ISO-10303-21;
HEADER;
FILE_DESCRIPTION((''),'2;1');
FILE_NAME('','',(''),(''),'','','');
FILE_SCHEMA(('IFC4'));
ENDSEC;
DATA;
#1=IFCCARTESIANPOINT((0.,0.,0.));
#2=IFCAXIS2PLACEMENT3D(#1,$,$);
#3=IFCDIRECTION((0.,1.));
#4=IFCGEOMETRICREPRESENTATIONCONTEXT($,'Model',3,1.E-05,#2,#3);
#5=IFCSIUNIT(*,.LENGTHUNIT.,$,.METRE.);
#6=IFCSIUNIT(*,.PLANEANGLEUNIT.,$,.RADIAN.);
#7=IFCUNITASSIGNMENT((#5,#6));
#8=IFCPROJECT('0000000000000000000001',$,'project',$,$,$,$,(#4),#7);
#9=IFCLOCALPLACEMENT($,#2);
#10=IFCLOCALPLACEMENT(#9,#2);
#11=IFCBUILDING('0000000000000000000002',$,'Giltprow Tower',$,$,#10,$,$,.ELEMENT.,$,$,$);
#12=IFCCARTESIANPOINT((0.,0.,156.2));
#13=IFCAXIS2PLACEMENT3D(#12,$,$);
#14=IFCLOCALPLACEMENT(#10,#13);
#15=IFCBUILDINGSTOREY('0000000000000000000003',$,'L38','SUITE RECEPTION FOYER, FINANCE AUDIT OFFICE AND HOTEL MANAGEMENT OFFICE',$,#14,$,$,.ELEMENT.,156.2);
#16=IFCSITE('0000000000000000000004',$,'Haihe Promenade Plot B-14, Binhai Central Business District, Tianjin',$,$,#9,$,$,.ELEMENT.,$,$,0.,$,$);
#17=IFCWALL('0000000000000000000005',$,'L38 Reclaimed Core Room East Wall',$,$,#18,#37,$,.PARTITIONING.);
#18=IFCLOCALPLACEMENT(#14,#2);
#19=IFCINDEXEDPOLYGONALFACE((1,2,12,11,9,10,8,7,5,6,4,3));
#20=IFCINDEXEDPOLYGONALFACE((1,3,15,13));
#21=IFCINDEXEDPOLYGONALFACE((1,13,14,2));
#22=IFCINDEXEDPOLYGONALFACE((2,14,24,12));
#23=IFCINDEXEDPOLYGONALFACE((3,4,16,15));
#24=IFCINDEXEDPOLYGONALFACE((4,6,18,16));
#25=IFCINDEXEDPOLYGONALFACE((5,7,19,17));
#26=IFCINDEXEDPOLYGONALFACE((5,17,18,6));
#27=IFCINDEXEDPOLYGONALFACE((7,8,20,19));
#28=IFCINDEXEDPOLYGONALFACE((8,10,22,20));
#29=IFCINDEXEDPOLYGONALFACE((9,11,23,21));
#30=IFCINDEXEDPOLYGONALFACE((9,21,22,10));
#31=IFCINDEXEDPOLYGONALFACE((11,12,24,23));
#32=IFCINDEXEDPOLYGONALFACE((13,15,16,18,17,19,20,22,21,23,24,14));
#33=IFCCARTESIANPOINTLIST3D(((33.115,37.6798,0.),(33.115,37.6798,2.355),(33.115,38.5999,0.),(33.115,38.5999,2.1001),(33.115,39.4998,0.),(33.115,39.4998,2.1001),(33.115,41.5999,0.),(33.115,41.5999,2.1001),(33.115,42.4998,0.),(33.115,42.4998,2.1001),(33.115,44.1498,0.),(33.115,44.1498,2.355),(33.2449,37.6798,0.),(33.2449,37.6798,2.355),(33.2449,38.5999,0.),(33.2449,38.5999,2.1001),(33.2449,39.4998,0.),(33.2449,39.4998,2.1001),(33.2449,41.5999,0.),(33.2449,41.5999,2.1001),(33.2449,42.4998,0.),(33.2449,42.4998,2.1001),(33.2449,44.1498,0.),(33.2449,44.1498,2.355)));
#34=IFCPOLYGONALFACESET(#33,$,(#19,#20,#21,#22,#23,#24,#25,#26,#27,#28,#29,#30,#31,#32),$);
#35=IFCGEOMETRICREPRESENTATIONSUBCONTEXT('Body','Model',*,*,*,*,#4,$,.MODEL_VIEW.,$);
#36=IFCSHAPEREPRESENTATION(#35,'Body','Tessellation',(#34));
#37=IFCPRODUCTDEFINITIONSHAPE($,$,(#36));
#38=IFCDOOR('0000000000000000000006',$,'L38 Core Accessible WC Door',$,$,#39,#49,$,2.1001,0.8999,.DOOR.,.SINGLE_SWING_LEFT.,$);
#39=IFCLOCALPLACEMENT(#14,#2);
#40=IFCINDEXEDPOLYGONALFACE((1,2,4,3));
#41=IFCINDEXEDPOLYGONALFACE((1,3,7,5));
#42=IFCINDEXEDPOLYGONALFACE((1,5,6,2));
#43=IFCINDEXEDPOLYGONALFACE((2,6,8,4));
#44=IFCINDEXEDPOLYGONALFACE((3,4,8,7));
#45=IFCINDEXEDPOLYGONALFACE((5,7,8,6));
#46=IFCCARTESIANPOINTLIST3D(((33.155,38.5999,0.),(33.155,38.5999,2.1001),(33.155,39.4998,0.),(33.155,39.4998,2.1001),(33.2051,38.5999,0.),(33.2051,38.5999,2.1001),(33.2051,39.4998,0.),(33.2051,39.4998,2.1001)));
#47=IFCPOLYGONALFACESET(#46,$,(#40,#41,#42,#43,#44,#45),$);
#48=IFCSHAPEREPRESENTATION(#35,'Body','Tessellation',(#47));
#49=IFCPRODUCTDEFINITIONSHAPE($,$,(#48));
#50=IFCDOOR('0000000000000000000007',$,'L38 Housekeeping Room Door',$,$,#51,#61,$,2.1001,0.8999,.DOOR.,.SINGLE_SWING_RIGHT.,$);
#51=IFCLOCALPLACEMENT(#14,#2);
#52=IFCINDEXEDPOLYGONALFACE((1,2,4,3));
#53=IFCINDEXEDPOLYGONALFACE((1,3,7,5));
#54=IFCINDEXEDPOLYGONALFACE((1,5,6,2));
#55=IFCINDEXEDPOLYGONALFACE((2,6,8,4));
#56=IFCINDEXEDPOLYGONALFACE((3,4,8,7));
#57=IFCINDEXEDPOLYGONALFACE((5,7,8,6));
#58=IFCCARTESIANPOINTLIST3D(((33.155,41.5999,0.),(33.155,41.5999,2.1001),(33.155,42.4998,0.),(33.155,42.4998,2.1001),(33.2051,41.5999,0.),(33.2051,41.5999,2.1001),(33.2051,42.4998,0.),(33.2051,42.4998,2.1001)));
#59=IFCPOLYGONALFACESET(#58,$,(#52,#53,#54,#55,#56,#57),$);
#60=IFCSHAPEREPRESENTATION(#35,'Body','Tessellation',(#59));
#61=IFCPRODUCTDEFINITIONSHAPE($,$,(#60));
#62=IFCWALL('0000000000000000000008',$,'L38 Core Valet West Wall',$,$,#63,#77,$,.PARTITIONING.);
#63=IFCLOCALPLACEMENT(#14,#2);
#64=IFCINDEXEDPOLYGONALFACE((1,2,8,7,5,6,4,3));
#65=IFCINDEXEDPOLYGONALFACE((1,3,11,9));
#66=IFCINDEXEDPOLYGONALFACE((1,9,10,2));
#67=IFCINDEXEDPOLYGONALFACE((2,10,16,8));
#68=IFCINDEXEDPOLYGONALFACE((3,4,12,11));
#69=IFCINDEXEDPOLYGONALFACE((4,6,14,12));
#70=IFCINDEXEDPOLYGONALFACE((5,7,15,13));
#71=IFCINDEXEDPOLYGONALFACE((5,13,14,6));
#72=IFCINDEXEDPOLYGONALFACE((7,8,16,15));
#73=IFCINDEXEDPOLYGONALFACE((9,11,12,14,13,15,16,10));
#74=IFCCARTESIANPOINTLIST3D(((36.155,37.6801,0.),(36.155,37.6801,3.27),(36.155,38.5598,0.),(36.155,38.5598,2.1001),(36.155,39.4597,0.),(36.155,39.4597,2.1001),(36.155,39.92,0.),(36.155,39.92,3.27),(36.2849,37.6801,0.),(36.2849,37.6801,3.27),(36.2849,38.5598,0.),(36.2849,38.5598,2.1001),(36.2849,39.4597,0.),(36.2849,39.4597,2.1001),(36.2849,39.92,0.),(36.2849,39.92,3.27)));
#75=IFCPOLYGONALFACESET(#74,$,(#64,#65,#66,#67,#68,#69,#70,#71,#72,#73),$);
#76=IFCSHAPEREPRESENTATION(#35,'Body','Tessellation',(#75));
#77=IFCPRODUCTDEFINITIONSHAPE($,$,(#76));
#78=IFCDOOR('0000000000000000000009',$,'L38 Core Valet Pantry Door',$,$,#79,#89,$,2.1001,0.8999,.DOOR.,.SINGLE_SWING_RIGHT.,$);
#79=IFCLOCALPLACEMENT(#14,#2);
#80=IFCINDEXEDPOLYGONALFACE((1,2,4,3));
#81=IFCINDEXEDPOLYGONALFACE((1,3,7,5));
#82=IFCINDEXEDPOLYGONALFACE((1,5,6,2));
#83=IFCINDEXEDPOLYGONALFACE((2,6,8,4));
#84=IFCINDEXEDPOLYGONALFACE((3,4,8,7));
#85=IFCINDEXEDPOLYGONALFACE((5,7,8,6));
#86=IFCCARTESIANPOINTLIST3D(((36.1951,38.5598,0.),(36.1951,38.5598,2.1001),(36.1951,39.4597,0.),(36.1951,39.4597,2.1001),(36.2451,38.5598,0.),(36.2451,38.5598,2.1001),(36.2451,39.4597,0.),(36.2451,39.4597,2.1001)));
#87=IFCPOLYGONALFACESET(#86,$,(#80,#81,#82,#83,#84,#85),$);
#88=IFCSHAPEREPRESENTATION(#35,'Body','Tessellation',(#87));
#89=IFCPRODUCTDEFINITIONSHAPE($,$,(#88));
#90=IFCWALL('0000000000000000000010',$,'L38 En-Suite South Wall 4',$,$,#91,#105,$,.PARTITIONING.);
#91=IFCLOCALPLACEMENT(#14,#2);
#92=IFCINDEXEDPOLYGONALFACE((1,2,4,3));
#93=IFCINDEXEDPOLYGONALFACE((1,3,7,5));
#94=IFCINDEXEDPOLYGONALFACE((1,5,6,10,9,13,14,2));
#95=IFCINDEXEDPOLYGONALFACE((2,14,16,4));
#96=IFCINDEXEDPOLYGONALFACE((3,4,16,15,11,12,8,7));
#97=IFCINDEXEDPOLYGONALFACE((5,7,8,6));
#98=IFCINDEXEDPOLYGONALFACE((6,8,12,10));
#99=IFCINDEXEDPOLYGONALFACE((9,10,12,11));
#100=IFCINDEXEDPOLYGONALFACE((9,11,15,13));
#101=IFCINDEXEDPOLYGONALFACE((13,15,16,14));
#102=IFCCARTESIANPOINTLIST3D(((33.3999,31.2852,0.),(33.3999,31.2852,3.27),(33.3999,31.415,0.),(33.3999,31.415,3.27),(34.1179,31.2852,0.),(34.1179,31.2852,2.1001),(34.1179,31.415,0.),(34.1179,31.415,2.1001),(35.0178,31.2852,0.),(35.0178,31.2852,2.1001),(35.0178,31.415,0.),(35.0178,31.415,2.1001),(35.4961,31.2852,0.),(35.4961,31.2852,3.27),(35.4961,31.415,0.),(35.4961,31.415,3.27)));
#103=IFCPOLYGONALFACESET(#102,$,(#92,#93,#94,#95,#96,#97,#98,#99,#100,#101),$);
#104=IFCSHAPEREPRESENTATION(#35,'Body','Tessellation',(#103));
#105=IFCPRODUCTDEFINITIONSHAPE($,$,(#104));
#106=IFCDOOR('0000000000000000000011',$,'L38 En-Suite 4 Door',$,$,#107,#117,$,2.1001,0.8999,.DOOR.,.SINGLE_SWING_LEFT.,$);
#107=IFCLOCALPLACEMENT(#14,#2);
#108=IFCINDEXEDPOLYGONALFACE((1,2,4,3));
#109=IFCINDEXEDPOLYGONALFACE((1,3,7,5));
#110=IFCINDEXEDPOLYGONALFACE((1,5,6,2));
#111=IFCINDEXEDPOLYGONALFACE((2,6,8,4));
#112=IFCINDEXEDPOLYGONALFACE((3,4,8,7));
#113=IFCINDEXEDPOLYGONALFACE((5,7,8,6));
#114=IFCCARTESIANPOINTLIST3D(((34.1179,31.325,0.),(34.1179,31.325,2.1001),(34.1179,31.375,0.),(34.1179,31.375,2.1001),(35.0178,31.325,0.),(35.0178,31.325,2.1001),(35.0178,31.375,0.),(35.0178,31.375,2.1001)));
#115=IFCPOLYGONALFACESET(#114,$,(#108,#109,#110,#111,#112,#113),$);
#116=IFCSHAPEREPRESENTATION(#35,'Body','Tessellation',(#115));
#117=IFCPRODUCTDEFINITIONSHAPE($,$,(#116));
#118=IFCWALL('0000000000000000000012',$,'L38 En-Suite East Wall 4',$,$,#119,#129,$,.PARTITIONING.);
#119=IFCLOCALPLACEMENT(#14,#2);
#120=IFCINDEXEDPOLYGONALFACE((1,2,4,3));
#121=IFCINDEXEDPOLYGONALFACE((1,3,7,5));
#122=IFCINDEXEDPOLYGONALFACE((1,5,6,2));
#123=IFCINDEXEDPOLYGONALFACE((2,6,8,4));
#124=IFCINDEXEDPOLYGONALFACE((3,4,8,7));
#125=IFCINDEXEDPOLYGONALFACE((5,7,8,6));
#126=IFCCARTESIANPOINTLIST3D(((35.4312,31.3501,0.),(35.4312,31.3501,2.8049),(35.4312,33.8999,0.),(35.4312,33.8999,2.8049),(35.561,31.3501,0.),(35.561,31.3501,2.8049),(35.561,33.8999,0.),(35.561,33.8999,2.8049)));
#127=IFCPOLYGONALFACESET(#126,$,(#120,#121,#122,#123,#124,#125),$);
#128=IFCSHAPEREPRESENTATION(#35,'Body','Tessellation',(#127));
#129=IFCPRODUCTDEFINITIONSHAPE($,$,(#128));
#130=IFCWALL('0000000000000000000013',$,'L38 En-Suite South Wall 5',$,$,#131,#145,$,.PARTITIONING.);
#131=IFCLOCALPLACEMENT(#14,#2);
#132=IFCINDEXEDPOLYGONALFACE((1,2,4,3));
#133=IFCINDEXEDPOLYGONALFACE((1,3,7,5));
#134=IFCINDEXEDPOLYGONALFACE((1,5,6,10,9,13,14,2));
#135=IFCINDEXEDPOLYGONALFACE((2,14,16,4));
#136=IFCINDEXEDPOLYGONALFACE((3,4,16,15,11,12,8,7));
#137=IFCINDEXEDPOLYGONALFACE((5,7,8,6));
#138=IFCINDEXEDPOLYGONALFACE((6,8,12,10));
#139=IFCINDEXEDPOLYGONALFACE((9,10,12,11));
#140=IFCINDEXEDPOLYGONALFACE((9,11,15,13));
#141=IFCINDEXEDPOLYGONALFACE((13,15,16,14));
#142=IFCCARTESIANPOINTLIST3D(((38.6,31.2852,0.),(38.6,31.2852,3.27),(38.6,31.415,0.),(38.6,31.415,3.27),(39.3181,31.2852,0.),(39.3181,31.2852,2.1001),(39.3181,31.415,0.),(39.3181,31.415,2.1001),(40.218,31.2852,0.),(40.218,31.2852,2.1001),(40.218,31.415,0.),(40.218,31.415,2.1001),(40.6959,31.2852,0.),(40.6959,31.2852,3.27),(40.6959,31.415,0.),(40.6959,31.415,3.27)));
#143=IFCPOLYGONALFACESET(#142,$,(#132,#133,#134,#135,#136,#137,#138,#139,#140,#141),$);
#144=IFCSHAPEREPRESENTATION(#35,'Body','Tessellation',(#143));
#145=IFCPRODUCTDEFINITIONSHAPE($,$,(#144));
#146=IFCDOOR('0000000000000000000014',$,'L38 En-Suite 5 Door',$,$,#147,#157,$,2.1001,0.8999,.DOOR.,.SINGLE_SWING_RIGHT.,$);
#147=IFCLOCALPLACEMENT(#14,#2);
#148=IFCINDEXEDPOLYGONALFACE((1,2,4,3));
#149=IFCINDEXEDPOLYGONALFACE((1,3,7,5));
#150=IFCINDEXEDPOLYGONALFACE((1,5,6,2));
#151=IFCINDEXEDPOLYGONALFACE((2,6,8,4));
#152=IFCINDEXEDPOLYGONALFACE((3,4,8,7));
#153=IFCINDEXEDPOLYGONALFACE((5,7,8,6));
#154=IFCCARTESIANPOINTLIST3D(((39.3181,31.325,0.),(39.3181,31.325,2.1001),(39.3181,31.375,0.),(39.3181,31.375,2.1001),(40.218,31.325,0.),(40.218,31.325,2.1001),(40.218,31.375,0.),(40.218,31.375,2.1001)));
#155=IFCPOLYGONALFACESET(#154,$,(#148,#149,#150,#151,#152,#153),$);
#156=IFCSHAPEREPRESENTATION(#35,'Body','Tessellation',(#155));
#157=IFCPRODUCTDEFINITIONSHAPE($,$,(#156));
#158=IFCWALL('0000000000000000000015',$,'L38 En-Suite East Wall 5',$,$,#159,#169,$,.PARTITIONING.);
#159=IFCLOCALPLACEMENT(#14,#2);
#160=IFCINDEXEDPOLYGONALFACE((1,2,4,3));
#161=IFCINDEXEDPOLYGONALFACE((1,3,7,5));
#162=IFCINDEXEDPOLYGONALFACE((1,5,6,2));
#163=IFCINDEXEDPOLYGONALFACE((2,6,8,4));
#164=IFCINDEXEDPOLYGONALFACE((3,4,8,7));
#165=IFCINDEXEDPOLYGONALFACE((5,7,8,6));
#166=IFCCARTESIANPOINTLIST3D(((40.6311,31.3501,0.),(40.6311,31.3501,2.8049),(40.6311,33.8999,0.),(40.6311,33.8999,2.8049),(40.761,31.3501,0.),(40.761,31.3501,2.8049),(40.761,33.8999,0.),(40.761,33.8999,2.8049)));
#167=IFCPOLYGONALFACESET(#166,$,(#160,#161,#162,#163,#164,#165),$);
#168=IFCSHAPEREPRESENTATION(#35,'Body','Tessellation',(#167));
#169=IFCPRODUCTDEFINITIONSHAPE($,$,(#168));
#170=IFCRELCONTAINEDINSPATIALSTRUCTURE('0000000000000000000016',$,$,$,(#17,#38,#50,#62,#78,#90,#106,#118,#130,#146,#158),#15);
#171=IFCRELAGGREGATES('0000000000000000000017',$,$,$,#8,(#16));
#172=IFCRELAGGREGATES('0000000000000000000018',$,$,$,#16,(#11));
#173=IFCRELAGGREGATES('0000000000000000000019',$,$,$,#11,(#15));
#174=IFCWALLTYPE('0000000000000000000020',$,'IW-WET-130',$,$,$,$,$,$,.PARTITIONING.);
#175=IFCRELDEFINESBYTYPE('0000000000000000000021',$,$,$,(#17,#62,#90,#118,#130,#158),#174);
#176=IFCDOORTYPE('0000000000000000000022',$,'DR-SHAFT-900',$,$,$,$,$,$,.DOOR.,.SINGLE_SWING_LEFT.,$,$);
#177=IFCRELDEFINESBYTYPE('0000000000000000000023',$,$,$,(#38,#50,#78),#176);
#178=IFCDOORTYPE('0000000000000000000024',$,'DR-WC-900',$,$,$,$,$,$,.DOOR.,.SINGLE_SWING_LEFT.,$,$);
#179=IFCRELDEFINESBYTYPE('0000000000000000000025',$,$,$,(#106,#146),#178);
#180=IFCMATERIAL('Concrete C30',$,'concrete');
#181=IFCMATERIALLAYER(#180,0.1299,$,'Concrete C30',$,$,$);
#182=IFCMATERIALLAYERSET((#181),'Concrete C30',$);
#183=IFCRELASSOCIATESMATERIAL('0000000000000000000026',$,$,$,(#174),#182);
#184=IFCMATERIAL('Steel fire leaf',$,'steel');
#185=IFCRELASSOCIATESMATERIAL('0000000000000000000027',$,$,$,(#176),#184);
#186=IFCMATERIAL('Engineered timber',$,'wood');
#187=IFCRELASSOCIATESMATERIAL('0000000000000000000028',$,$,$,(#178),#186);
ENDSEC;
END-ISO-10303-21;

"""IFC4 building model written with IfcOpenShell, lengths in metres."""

from ifc_helpers import new_model, si_unit, direction, frame, frame_2d, origin, place, context, subcontext, project, spatial, rectangle, extrude, source, transform, mapped, material, layer, layer_set, type_object, element, fill, save


model = new_model("IFC4")

# Units and contexts
model_context = context("Model", 3, precision=1e-05, world=origin(), true_north=direction((0.0, 1.0)))
body_context = subcontext(model_context, "Body", "Model", "MODEL_VIEW")
ifc_project = project(units=[si_unit("LENGTHUNIT", "METRE"), si_unit("PLANEANGLEUNIT", "RADIAN")], contexts=[model_context])

# Site, building, storey
site_placement = place(None, origin())
site = spatial("IfcSite", under=ifc_project, at=site_placement, Name="Haihe Promenade Plot B-14, Binhai Central Business District, Tianjin", CompositionType="ELEMENT", RefElevation=0.0)
building_placement = place(site_placement, origin())
building = spatial("IfcBuilding", under=site, at=building_placement, Name="Giltprow Tower", CompositionType="ELEMENT")
storey_placement = place(building_placement, frame((0.0, 0.0, 156.2)))
storey = spatial("IfcBuildingStorey", under=building, at=storey_placement, Name="L38", Description="SUITE RECEPTION FOYER, FINANCE AUDIT OFFICE AND HOTEL MANAGEMENT OFFICE", CompositionType="ELEMENT", Elevation=156.2)

# Wall, openings, doors
ifc_material_1 = material(Name="Concrete C30", Category="concrete")
ifc_layer_1 = layer(ifc_material_1, 0.1299, Name="Concrete C30")
ifc_layer_set_1 = layer_set([ifc_layer_1], Name="Concrete C30")
wall_type_1 = type_object("IfcWallType", Name="IW-WET-130", PredefinedType="PARTITIONING", material=ifc_layer_set_1)
wall_1_placement = place(storey_placement, frame((33.1799, 37.6799, 0.0), z_axis=(0.0, 0.0, 1.0), x_axis=(0.0, 1.0, 0.0)))
wall_1 = element("IfcWall", 1, at=wall_1_placement, inside=storey, type_object=wall_type_1, Name="L38 Reclaimed Core Room East Wall", PredefinedType="PARTITIONING", context=body_context, shape_type="SweptSolid", body=[
    extrude(rectangle(XDim=6.47, YDim=0.1299, at=frame_2d((3.2349, 0.0))), origin(), (0.0, 0.0, 1.0), 2.355),
])
opening_1_placement = place(wall_1_placement, frame((0.9199, 0.0, 0.0)))
opening_1 = element("IfcOpeningElement", 2, at=opening_1_placement, cuts=wall_1, PredefinedType="OPENING", context=body_context, shape_type="SweptSolid", body=[
    extrude(rectangle(XDim=0.8999, YDim=2.1001, at=frame_2d((0.45, 1.05))), frame((0.0, 0.075, 0.0), z_axis=(0.0, -1.0, 0.0), x_axis=(1.0, 0.0, 0.0)), (0.0, 0.0, 1.0), 0.1499),
])
opening_2_placement = place(wall_1_placement, frame((3.9199, 0.0, 0.0)))
opening_2 = element("IfcOpeningElement", 3, at=opening_2_placement, cuts=wall_1, PredefinedType="OPENING", context=body_context, shape_type="SweptSolid", body=[
    extrude(rectangle(XDim=0.8999, YDim=2.1001, at=frame_2d((0.45, 1.05))), frame((0.0, 0.075, 0.0), z_axis=(0.0, -1.0, 0.0), x_axis=(1.0, 0.0, 0.0)), (0.0, 0.0, 1.0), 0.1499),
])
ifc_material_2 = material(Name="Steel fire leaf", Category="steel")
door_type_1 = type_object("IfcDoorType", Name="DR-SHAFT-900", OperationType="SINGLE_SWING_LEFT", PredefinedType="DOOR", material=ifc_material_2)
shared_shape_1 = source(origin(), body_context, "Body", "SweptSolid", [
    extrude(rectangle(XDim=0.8999, YDim=2.1001, at=frame_2d((0.45, 1.05))), frame((0.0, 0.0249, 0.0), z_axis=(0.0, -1.0, 0.0), x_axis=(1.0, 0.0, 0.0)), (0.0, 0.0, 1.0), 0.05),
])
door_1_placement = place(opening_1_placement, origin())
door_1 = element("IfcDoor", 4, at=door_1_placement, inside=storey, type_object=door_type_1, Name="L38 Core Accessible WC Door", OperationType="SINGLE_SWING_LEFT", OverallHeight=2.1001, OverallWidth=0.8999, PredefinedType="DOOR", context=body_context, shape_type="MappedRepresentation", body=[
    mapped(shared_shape_1, transform((0.0, 0.0, 0.0), x_axis=(1.0, 0.0, 0.0), y_axis=(0.0, 1.0, 0.0), z_axis=(0.0, 0.0, 1.0), scale=1.0)),
])
fill(opening_1, door_1)
door_2_placement = place(opening_2_placement, origin())
door_2 = element("IfcDoor", 5, at=door_2_placement, inside=storey, type_object=door_type_1, Name="L38 Housekeeping Room Door", OperationType="SINGLE_SWING_RIGHT", OverallHeight=2.1001, OverallWidth=0.8999, PredefinedType="DOOR", context=body_context, shape_type="MappedRepresentation", body=[
    mapped(shared_shape_1, transform((0.0, 0.0, 0.0), x_axis=(1.0, 0.0, 0.0), y_axis=(0.0, 1.0, 0.0), z_axis=(0.0, 0.0, 1.0), scale=1.0)),
])
fill(opening_2, door_2)

# Walls, openings, doors
wall_2_placement = place(storey_placement, frame((36.22, 37.6799, 0.0), z_axis=(0.0, 0.0, 1.0), x_axis=(0.0, 1.0, 0.0)))
wall_2 = element("IfcWall", 6, at=wall_2_placement, inside=storey, type_object=wall_type_1, Name="L38 Core Valet West Wall", PredefinedType="PARTITIONING", context=body_context, shape_type="SweptSolid", body=[
    extrude(rectangle(XDim=2.24, YDim=0.1299, at=frame_2d((1.1201, 0.0))), origin(), (0.0, 0.0, 1.0), 3.27),
])
opening_3_placement = place(wall_2_placement, frame((0.8799, 0.0, 0.0)))
opening_3 = element("IfcOpeningElement", 7, at=opening_3_placement, cuts=wall_2, PredefinedType="OPENING", context=body_context, shape_type="SweptSolid", body=[
    extrude(rectangle(XDim=0.8999, YDim=2.1001, at=frame_2d((0.45, 1.05))), frame((0.0, 0.075, 0.0), z_axis=(0.0, -1.0, 0.0), x_axis=(1.0, 0.0, 0.0)), (0.0, 0.0, 1.0), 0.1499),
])
door_3_placement = place(opening_3_placement, origin())
door_3 = element("IfcDoor", 8, at=door_3_placement, inside=storey, type_object=door_type_1, Name="L38 Core Valet Pantry Door", OperationType="SINGLE_SWING_RIGHT", OverallHeight=2.1001, OverallWidth=0.8999, PredefinedType="DOOR", context=body_context, shape_type="MappedRepresentation", body=[
    mapped(shared_shape_1, transform((0.0, 0.0, 0.0), x_axis=(1.0, 0.0, 0.0), y_axis=(0.0, 1.0, 0.0), z_axis=(0.0, 0.0, 1.0), scale=1.0)),
])
fill(opening_3, door_3)
wall_3_placement = place(storey_placement, frame((33.3999, 31.3501, 0.0), z_axis=(0.0, 0.0, 1.0), x_axis=(1.0, 0.0, 0.0)))
wall_3 = element("IfcWall", 9, at=wall_3_placement, inside=storey, type_object=wall_type_1, Name="L38 En-Suite South Wall 4", PredefinedType="PARTITIONING", context=body_context, shape_type="SweptSolid", body=[
    extrude(rectangle(XDim=2.0962, YDim=0.1299, at=frame_2d((1.0481, 0.0))), origin(), (0.0, 0.0, 1.0), 3.27),
])
opening_4_placement = place(wall_3_placement, frame((0.718, 0.0, 0.0)))
opening_4 = element("IfcOpeningElement", 10, at=opening_4_placement, cuts=wall_3, PredefinedType="OPENING", context=body_context, shape_type="SweptSolid", body=[
    extrude(rectangle(XDim=0.8999, YDim=2.1001, at=frame_2d((0.45, 1.05))), frame((0.0, 0.075, 0.0), z_axis=(0.0, -1.0, 0.0), x_axis=(1.0, 0.0, 0.0)), (0.0, 0.0, 1.0), 0.1499),
])
ifc_material_3 = material(Name="Engineered timber", Category="wood")
door_type_2 = type_object("IfcDoorType", Name="DR-WC-900", OperationType="SINGLE_SWING_LEFT", PredefinedType="DOOR", material=ifc_material_3)
door_4_placement = place(opening_4_placement, origin())
door_4 = element("IfcDoor", 11, at=door_4_placement, inside=storey, type_object=door_type_2, Name="L38 En-Suite 4 Door", OperationType="SINGLE_SWING_LEFT", OverallHeight=2.1001, OverallWidth=0.8999, PredefinedType="DOOR", context=body_context, shape_type="MappedRepresentation", body=[
    mapped(shared_shape_1, transform((0.0, 0.0, 0.0), x_axis=(1.0, 0.0, 0.0), y_axis=(0.0, 1.0, 0.0), z_axis=(0.0, 0.0, 1.0), scale=1.0)),
])
fill(opening_4, door_4)

# Wall
wall_4_placement = place(storey_placement, frame((35.4961, 31.3501, 0.0), z_axis=(0.0, 0.0, 1.0), x_axis=(0.0, 1.0, 0.0)))
element("IfcWall", 12, at=wall_4_placement, inside=storey, type_object=wall_type_1, Name="L38 En-Suite East Wall 4", PredefinedType="PARTITIONING", context=body_context, shape_type="SweptSolid", body=[
    extrude(rectangle(XDim=2.5498, YDim=0.1299, at=frame_2d((1.2749, 0.0))), origin(), (0.0, 0.0, 1.0), 2.8049),
])

# Wall, opening, door
wall_5_placement = place(storey_placement, frame((38.6001, 31.3501, 0.0), z_axis=(0.0, 0.0, 1.0), x_axis=(1.0, 0.0, 0.0)))
wall_5 = element("IfcWall", 13, at=wall_5_placement, inside=storey, type_object=wall_type_1, Name="L38 En-Suite South Wall 5", PredefinedType="PARTITIONING", context=body_context, shape_type="SweptSolid", body=[
    extrude(rectangle(XDim=2.0959, YDim=0.1299, at=frame_2d((1.0479, 0.0))), origin(), (0.0, 0.0, 1.0), 3.27),
])
opening_5_placement = place(wall_5_placement, frame((0.718, 0.0, 0.0)))
opening_5 = element("IfcOpeningElement", 14, at=opening_5_placement, cuts=wall_5, PredefinedType="OPENING", context=body_context, shape_type="SweptSolid", body=[
    extrude(rectangle(XDim=0.8999, YDim=2.1001, at=frame_2d((0.45, 1.05))), frame((0.0, 0.075, 0.0), z_axis=(0.0, -1.0, 0.0), x_axis=(1.0, 0.0, 0.0)), (0.0, 0.0, 1.0), 0.1499),
])
door_5_placement = place(opening_5_placement, origin())
door_5 = element("IfcDoor", 15, at=door_5_placement, inside=storey, type_object=door_type_2, Name="L38 En-Suite 5 Door", OperationType="SINGLE_SWING_RIGHT", OverallHeight=2.1001, OverallWidth=0.8999, PredefinedType="DOOR", context=body_context, shape_type="MappedRepresentation", body=[
    mapped(shared_shape_1, transform((0.0, 0.0, 0.0), x_axis=(1.0, 0.0, 0.0), y_axis=(0.0, 1.0, 0.0), z_axis=(0.0, 0.0, 1.0), scale=1.0)),
])
fill(opening_5, door_5)

# Wall
wall_6_placement = place(storey_placement, frame((40.696, 31.3501, 0.0), z_axis=(0.0, 0.0, 1.0), x_axis=(0.0, 1.0, 0.0)))
element("IfcWall", 16, at=wall_6_placement, inside=storey, type_object=wall_type_1, Name="L38 En-Suite East Wall 5", PredefinedType="PARTITIONING", context=body_context, shape_type="SweptSolid", body=[
    extrude(rectangle(XDim=2.5498, YDim=0.1299, at=frame_2d((1.2749, 0.0))), origin(), (0.0, 0.0, 1.0), 2.8049),
])

save(model, "model.ifc")
